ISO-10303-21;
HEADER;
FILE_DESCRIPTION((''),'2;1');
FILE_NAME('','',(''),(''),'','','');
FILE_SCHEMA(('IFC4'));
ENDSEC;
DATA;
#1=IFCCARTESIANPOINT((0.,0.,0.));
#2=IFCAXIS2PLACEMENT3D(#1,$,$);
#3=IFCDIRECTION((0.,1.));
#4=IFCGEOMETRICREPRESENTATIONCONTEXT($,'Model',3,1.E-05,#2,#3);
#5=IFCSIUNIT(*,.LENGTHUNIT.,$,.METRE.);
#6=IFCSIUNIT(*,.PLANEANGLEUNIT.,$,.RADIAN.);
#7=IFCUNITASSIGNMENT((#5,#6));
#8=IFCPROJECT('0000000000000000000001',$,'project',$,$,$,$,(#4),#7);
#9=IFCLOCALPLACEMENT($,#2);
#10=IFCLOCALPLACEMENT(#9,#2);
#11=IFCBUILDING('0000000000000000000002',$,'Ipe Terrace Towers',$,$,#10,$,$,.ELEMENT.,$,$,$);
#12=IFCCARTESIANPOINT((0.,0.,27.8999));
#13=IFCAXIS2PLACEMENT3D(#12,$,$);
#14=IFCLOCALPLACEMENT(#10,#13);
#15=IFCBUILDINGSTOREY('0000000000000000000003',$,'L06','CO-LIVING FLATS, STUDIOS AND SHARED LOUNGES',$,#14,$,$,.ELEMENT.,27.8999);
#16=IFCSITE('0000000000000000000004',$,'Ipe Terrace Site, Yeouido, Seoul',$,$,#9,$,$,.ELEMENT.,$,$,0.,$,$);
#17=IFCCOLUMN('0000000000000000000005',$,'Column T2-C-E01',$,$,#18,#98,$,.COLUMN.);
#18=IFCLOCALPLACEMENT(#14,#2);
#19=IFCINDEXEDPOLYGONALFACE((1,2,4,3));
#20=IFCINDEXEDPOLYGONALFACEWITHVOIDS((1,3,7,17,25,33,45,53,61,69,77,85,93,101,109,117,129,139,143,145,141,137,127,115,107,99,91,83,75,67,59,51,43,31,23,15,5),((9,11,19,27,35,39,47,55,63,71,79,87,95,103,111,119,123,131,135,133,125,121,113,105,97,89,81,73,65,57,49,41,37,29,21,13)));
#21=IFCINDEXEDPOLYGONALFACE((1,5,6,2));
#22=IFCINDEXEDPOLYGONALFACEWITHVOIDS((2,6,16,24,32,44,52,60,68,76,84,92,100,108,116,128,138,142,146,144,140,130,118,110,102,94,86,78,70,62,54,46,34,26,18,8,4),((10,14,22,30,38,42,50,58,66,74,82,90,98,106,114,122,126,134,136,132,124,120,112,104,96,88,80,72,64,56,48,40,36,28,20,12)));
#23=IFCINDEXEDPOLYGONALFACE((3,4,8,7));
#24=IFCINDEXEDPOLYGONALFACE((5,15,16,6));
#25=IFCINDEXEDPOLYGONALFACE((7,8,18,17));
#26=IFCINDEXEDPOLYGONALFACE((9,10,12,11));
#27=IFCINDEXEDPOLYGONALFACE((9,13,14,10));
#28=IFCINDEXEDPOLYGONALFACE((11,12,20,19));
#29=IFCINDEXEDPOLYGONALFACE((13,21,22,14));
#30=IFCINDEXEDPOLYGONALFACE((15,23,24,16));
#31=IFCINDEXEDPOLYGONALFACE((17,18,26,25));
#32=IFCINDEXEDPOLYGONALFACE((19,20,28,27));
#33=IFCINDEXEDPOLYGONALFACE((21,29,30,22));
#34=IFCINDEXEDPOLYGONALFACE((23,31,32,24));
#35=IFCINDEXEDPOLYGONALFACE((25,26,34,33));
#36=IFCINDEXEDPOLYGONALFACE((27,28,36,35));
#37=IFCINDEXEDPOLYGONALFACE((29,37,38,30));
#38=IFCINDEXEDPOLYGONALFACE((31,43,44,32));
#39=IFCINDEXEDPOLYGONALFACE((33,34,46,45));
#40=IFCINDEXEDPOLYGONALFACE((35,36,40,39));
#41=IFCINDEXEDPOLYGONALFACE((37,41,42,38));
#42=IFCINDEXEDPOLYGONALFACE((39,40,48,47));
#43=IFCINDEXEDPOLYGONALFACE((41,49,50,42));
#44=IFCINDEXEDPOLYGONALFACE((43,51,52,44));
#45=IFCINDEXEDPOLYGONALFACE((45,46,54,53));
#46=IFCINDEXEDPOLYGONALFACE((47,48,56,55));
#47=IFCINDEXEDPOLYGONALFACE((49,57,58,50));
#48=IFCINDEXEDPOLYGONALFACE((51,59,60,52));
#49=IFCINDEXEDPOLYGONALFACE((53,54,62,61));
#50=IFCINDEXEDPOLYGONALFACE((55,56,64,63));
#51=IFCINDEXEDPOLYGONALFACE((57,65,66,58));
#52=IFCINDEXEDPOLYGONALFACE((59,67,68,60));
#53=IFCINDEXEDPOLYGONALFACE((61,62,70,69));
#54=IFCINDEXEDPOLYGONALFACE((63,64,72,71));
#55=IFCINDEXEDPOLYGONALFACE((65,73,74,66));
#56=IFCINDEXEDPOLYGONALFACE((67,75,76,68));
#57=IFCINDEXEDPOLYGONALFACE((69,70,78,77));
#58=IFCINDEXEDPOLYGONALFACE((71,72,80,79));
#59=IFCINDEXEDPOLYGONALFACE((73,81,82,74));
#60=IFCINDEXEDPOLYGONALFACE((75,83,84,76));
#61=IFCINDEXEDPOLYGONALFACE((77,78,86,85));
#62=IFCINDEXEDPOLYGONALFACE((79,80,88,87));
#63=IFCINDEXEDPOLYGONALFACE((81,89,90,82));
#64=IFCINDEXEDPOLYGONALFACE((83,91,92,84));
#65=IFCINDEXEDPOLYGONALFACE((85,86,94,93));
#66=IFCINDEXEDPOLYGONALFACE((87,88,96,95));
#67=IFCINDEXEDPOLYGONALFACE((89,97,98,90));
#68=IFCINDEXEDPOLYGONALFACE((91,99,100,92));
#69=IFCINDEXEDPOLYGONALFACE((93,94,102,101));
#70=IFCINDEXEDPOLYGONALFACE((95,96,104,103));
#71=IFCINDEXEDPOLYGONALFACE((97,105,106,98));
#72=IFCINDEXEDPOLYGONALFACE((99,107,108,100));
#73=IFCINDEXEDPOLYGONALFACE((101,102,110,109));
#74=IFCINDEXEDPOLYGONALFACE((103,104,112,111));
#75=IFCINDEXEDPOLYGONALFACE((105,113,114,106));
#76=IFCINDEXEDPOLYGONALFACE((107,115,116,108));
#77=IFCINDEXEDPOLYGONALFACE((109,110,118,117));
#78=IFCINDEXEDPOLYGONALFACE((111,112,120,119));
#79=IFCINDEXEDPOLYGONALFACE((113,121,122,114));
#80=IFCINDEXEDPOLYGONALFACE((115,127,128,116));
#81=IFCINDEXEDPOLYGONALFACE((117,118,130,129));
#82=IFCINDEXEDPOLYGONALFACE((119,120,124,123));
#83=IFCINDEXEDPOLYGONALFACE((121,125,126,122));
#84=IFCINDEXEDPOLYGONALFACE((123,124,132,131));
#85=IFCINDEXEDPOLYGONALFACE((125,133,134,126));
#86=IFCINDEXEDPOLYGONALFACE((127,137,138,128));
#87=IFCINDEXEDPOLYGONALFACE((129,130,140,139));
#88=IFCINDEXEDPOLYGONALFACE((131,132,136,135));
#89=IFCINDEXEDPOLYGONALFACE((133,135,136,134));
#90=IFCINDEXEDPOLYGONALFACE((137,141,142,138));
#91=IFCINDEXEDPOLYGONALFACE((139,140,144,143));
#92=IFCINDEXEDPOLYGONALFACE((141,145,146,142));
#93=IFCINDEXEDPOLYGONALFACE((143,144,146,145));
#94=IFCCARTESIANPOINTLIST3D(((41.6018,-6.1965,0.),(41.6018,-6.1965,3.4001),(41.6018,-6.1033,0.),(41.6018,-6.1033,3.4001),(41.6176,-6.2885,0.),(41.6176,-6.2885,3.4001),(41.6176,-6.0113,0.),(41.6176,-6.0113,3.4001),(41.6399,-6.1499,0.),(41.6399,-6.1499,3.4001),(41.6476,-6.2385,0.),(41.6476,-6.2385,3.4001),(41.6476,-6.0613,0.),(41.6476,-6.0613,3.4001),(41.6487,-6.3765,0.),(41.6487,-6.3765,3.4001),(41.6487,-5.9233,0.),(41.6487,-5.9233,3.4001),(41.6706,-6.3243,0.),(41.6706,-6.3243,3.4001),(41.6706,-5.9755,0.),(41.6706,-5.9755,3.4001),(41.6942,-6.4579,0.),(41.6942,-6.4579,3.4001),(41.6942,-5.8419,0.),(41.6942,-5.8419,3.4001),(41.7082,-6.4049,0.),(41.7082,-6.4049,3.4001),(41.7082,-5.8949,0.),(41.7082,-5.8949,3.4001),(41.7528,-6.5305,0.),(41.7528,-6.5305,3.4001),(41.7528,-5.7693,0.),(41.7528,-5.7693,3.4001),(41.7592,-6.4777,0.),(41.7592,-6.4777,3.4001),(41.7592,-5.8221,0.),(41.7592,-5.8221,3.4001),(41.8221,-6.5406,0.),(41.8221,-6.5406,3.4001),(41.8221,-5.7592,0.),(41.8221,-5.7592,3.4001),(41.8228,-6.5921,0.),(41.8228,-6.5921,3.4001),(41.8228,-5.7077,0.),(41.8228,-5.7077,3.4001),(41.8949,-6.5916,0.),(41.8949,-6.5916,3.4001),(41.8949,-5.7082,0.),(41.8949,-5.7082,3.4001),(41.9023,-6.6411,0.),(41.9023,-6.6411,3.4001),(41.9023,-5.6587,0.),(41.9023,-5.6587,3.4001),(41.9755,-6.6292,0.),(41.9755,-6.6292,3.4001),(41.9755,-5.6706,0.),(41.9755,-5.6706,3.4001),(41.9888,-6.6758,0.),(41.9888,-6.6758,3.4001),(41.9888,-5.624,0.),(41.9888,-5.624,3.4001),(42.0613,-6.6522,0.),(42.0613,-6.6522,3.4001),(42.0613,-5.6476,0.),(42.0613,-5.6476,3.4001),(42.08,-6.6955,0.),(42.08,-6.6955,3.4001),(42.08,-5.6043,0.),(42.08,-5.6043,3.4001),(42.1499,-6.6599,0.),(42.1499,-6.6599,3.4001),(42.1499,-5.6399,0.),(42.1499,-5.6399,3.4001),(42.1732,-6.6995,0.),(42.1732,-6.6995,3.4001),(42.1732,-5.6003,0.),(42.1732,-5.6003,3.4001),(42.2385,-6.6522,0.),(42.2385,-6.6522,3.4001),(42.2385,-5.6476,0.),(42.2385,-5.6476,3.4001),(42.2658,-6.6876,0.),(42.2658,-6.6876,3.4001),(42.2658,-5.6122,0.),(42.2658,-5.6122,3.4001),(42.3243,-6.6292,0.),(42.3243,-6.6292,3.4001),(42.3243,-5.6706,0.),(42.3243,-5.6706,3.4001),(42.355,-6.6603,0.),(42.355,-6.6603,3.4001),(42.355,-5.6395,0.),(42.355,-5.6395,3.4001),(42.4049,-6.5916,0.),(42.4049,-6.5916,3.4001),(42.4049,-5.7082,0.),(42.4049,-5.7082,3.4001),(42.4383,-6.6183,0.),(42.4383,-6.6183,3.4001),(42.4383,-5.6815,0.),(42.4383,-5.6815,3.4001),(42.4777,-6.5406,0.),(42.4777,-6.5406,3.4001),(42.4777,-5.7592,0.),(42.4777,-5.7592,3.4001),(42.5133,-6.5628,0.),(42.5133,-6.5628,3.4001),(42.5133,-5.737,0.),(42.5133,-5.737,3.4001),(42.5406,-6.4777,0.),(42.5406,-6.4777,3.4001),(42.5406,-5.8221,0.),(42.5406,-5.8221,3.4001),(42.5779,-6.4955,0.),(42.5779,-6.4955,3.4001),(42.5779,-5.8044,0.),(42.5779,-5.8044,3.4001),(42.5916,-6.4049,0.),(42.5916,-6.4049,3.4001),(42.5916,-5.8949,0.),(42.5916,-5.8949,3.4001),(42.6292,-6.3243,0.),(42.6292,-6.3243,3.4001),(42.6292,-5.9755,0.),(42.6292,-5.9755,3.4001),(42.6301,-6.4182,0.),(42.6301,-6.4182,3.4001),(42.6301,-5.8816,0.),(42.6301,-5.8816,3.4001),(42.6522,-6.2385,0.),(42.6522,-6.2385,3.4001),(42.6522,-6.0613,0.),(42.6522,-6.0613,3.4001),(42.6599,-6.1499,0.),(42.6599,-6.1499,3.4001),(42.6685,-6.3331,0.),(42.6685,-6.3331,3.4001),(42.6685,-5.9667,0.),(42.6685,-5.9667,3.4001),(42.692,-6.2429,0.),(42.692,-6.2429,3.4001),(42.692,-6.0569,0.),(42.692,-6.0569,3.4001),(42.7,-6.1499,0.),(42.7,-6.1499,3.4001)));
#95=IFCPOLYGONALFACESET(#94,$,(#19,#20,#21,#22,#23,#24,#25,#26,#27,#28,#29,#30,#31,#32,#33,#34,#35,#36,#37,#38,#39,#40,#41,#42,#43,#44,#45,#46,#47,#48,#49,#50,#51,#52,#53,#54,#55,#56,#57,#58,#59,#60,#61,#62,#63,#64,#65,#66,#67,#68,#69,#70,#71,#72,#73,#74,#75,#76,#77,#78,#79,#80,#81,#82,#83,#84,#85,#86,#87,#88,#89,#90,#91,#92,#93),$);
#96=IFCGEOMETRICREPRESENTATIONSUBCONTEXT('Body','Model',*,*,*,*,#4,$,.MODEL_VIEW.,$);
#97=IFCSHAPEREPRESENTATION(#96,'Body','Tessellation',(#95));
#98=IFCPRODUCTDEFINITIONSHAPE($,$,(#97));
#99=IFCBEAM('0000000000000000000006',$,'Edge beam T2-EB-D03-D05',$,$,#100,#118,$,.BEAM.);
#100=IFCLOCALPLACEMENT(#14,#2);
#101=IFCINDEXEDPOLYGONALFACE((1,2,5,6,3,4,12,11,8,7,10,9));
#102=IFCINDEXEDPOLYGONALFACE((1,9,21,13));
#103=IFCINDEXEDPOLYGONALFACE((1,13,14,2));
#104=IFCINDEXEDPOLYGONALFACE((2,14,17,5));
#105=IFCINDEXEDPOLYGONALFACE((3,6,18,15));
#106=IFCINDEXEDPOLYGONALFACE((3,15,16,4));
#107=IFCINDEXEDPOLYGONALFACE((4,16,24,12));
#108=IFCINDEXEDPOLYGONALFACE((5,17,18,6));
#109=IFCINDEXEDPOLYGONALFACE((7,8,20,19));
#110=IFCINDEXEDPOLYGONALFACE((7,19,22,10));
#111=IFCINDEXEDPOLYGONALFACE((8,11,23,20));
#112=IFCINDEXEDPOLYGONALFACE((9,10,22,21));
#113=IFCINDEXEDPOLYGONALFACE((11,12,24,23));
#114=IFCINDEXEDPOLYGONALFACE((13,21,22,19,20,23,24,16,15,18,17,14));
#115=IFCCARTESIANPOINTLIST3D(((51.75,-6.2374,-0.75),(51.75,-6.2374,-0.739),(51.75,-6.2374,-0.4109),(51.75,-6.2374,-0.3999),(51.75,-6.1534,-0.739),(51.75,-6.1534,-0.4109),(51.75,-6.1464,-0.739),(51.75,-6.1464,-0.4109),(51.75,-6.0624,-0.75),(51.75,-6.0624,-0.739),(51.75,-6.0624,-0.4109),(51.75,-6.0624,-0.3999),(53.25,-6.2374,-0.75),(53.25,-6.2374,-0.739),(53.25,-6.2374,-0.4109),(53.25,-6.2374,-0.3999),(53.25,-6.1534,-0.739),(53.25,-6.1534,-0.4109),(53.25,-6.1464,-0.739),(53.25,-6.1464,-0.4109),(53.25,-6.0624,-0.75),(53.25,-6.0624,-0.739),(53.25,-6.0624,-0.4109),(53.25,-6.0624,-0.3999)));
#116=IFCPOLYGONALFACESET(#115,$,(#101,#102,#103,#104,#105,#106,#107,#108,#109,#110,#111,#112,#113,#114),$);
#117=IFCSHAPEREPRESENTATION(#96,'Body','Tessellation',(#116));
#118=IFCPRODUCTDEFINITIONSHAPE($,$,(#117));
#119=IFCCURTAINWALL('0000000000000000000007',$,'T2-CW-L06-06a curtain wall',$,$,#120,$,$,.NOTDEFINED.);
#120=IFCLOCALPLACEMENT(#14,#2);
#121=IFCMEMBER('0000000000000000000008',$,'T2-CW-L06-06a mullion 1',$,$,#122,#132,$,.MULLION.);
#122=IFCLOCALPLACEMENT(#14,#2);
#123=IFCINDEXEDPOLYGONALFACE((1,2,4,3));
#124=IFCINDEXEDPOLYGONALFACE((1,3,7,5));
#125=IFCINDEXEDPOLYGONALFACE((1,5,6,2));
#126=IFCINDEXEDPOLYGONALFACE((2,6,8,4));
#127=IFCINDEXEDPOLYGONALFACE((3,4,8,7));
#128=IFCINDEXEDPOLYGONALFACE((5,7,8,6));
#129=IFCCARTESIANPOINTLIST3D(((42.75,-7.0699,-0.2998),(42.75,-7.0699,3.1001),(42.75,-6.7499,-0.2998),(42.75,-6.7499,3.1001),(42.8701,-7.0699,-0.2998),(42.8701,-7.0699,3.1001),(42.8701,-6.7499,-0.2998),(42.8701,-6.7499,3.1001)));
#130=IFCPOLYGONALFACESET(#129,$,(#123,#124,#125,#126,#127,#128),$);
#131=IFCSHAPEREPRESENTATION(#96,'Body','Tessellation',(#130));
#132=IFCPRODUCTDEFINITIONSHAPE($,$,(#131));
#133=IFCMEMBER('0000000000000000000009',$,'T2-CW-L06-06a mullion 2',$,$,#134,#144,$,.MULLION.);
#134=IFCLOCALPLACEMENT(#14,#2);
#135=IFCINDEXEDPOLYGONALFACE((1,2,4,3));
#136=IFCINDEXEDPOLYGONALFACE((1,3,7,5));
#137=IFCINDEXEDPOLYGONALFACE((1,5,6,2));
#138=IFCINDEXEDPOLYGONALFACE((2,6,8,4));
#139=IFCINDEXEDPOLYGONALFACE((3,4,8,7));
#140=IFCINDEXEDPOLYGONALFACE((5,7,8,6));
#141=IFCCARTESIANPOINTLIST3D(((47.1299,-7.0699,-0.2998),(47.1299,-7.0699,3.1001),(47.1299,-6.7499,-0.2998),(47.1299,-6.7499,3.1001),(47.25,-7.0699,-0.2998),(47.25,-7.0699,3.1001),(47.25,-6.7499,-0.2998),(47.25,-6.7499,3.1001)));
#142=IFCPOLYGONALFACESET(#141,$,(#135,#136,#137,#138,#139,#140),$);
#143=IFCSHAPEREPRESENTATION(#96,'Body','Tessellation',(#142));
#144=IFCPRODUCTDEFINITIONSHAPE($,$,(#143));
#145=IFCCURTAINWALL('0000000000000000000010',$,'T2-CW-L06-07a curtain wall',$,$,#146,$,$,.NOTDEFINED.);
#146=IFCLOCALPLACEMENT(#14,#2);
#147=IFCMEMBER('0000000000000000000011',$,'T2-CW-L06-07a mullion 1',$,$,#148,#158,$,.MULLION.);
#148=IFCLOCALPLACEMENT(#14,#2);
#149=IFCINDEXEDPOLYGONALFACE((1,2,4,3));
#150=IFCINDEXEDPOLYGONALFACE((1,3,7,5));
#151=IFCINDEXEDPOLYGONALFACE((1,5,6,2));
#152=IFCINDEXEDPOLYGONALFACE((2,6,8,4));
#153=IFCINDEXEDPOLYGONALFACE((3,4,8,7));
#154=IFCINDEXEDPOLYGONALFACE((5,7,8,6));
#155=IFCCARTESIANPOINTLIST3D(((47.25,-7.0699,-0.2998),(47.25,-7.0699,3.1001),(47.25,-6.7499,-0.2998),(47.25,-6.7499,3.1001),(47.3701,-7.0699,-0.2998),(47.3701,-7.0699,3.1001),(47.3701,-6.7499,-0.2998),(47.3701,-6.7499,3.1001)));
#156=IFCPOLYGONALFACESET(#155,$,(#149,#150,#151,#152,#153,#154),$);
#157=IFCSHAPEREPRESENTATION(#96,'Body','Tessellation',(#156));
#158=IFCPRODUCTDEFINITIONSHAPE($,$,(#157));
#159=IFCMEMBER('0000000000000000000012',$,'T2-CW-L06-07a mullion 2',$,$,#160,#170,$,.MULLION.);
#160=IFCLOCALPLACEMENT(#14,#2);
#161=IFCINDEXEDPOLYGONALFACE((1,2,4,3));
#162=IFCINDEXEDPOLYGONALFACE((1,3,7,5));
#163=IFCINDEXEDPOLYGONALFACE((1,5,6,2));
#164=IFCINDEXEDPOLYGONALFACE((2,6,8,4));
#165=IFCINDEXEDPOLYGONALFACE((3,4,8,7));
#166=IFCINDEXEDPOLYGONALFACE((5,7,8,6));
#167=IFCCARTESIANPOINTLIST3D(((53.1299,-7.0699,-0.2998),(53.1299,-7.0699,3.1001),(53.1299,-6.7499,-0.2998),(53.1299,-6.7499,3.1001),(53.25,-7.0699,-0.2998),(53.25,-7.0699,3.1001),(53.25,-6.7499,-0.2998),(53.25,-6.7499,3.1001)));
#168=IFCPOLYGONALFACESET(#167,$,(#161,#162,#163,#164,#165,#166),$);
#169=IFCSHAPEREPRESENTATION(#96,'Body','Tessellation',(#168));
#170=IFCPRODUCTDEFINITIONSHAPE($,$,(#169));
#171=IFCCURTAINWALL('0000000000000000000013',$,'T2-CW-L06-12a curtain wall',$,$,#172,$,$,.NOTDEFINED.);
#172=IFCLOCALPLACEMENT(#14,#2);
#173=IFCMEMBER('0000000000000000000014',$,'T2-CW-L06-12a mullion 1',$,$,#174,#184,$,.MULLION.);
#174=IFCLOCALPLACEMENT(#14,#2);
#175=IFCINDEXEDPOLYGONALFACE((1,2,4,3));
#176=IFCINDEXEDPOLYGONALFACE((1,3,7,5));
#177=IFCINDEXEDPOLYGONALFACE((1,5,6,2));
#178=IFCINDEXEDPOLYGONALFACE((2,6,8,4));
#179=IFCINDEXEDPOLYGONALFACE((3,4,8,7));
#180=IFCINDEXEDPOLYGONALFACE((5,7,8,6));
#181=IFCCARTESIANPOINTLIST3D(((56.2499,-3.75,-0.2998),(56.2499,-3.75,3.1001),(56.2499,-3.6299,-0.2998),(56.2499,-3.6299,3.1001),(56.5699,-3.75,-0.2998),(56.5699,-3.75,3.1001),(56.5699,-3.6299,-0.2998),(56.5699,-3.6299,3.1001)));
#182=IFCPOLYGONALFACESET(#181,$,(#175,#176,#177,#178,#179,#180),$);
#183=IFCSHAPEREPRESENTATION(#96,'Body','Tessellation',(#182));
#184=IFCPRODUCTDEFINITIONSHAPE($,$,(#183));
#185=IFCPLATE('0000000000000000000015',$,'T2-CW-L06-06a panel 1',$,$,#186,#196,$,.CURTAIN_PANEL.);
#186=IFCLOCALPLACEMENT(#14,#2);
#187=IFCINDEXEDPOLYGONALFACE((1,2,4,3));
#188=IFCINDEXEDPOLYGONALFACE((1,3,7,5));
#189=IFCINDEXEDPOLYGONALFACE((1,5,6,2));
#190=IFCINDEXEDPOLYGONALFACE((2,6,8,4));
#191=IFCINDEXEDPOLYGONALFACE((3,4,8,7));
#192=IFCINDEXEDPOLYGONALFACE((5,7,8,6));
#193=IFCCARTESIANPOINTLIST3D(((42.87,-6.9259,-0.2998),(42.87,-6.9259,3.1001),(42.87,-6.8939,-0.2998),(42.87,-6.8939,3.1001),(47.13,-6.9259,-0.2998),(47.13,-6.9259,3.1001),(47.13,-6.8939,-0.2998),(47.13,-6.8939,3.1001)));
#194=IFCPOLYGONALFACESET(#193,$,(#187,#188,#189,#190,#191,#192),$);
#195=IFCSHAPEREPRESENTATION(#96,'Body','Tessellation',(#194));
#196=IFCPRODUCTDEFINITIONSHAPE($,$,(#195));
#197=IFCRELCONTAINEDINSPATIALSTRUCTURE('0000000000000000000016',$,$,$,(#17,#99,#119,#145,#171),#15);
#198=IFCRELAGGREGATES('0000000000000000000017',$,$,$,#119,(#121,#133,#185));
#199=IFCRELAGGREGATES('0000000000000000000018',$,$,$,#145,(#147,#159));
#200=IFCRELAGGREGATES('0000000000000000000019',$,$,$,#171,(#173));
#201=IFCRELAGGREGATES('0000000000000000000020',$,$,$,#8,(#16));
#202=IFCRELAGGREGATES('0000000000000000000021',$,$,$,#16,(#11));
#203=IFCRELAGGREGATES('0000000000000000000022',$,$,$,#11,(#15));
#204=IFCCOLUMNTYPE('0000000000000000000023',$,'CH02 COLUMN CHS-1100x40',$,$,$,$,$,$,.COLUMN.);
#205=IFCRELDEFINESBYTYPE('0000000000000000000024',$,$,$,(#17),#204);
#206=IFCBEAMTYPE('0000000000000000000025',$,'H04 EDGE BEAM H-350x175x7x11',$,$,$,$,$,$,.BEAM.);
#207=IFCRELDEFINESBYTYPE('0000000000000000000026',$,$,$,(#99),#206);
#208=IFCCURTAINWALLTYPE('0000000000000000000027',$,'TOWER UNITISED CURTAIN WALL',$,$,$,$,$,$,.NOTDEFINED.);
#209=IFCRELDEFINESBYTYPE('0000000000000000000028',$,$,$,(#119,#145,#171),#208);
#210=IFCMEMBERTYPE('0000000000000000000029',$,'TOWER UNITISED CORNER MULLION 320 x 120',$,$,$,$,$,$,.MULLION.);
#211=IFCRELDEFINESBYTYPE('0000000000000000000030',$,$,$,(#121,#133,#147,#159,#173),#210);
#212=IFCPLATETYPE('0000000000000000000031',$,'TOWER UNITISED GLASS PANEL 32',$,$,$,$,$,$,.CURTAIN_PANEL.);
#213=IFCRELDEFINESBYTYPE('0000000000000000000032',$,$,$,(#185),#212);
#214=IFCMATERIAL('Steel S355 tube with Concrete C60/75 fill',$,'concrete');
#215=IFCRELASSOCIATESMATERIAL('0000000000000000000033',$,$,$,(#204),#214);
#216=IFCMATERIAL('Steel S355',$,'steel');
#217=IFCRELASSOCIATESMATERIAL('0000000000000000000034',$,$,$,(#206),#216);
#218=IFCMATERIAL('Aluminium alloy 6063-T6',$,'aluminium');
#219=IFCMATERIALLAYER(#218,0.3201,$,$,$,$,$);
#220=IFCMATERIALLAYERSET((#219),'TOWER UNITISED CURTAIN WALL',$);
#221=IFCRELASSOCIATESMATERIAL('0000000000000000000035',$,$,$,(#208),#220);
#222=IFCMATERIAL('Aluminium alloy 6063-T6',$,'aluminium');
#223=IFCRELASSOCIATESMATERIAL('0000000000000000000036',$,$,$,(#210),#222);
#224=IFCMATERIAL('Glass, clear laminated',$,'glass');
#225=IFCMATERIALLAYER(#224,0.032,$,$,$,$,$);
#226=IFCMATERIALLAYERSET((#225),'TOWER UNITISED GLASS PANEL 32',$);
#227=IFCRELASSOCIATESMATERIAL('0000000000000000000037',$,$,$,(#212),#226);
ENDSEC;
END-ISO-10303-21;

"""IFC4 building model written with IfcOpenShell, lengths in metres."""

from ifc_helpers import new_model, si_unit, direction, frame, origin, origin_2d, place, context, subcontext, project, spatial, rectangle, hollow_circle, i_section, extrude, material, layer, layer_set, material_profile, profile_set, type_object, element, aggregate, save


model = new_model("IFC4")

# Units and contexts
model_context = context("Model", 3, precision=1e-05, world=origin(), true_north=direction((0.0, 1.0)))
body_context = subcontext(model_context, "Body", "Model", "MODEL_VIEW")
ifc_project = project(units=[si_unit("LENGTHUNIT", "METRE"), si_unit("PLANEANGLEUNIT", "RADIAN")], contexts=[model_context])

# Site, building, storey
site_placement = place(None, origin())
site = spatial("IfcSite", under=ifc_project, at=site_placement, Name="Ipe Terrace Site, Yeouido, Seoul", CompositionType="ELEMENT", RefElevation=0.0)
building_placement = place(site_placement, origin())
building = spatial("IfcBuilding", under=site, at=building_placement, Name="Ipe Terrace Towers", CompositionType="ELEMENT")
storey_placement = place(building_placement, frame((0.0, 0.0, 27.8999)))
storey = spatial("IfcBuildingStorey", under=building, at=storey_placement, Name="L06", Description="CO-LIVING FLATS, STUDIOS AND SHARED LOUNGES", CompositionType="ELEMENT", Elevation=27.8999)

# Column
ifc_material_1 = material(Name="Steel S355 tube with Concrete C60/75 fill", Category="concrete")
ifc_material_profile_1 = material_profile(ifc_material_1, hollow_circle(Radius=0.55, WallThickness=0.04, at=origin_2d()), Name="CHS-1100x40")
ifc_profile_set_1 = profile_set([ifc_material_profile_1], Name="Steel S355 tube with Concrete C60/75 fill")
column_type_1 = type_object("IfcColumnType", Name="CH02 COLUMN CHS-1100x40", PredefinedType="COLUMN", material=ifc_profile_set_1)
column_placement = place(storey_placement, frame((42.1499, -6.1499, 0.0), z_axis=(0.0, 0.0, 1.0), x_axis=(1.0, 0.0, 0.0)))
element("IfcColumn", 1, at=column_placement, inside=storey, type_object=column_type_1, Name="Column T2-C-E01", PredefinedType="COLUMN", context=body_context, shape_type="SweptSolid", body=[
    extrude(hollow_circle(Radius=0.55, WallThickness=0.04, at=origin_2d()), origin(), (0.0, 0.0, 1.0), 3.4001),
])

# Beam
ifc_material_2 = material(Name="Steel S355", Category="steel")
ifc_material_profile_2 = material_profile(ifc_material_2, i_section(OverallWidth=0.175, OverallDepth=0.3501, WebThickness=0.0071, FlangeThickness=0.011, at=origin_2d()), Name="H-350x175x7x11")
ifc_profile_set_2 = profile_set([ifc_material_profile_2], Name="Steel S355")
beam_type = type_object("IfcBeamType", Name="H04 EDGE BEAM H-350x175x7x11", PredefinedType="BEAM", material=ifc_profile_set_2)
beam_placement = place(storey_placement, frame((51.75, -6.1499, -0.575), z_axis=(1.0, 0.0, 0.0), x_axis=(0.0, 1.0, 0.0)))
element("IfcBeam", 2, at=beam_placement, inside=storey, type_object=beam_type, Name="Edge beam T2-EB-D03-D05", PredefinedType="BEAM", context=body_context, shape_type="SweptSolid", body=[
    extrude(i_section(OverallWidth=0.175, OverallDepth=0.3501, WebThickness=0.0071, FlangeThickness=0.011, at=origin_2d()), origin(), (0.0, 0.0, 1.0), 1.5),
])

# Curtain walls, members
ifc_material_3 = material(Name="Aluminium alloy 6063-T6", Category="aluminium")
ifc_layer_1 = layer(ifc_material_3, 0.3201)
ifc_layer_set_1 = layer_set([ifc_layer_1], Name="TOWER UNITISED CURTAIN WALL")
curtain_wall_type = type_object("IfcCurtainWallType", Name="TOWER UNITISED CURTAIN WALL", PredefinedType="NOTDEFINED", material=ifc_layer_set_1)
curtain_wall_1_placement = place(storey_placement, origin())
curtain_wall_1 = element("IfcCurtainWall", 3, at=curtain_wall_1_placement, inside=storey, type_object=curtain_wall_type, Name="T2-CW-L06-06a curtain wall", PredefinedType="NOTDEFINED")
ifc_material_4 = material(Name="Aluminium alloy 6063-T6", Category="aluminium")
ifc_material_profile_3 = material_profile(ifc_material_4, rectangle(XDim=0.3201, YDim=0.1201, at=origin_2d()), Name="TOWER UNITISED CORNER MULLION 320 x 120")
ifc_profile_set_3 = profile_set([ifc_material_profile_3], Name="Aluminium alloy 6063-T6")
member_type = type_object("IfcMemberType", Name="TOWER UNITISED CORNER MULLION 320 x 120", PredefinedType="MULLION", material=ifc_profile_set_3)
member_1_placement = place(storey_placement, frame((42.8101, -6.9099, -0.2998), z_axis=(0.0, 0.0, 1.0), x_axis=(0.0, -1.0, 0.0)))
member_1 = element("IfcMember", 4, at=member_1_placement, type_object=member_type, Name="T2-CW-L06-06a mullion 1", PredefinedType="MULLION", context=body_context, shape_type="SweptSolid", body=[
    extrude(rectangle(XDim=0.3201, YDim=0.1201, at=origin_2d()), origin(), (0.0, 0.0, 1.0), 3.3999),
])
member_2_placement = place(storey_placement, frame((47.1899, -6.9099, -0.2998), z_axis=(0.0, 0.0, 1.0), x_axis=(0.0, -1.0, 0.0)))
member_2 = element("IfcMember", 5, at=member_2_placement, type_object=member_type, Name="T2-CW-L06-06a mullion 2", PredefinedType="MULLION", context=body_context, shape_type="SweptSolid", body=[
    extrude(rectangle(XDim=0.3201, YDim=0.1201, at=origin_2d()), origin(), (0.0, 0.0, 1.0), 3.3999),
])
curtain_wall_2_placement = place(storey_placement, origin())
curtain_wall_2 = element("IfcCurtainWall", 6, at=curtain_wall_2_placement, inside=storey, type_object=curtain_wall_type, Name="T2-CW-L06-07a curtain wall", PredefinedType="NOTDEFINED")
member_3_placement = place(storey_placement, frame((47.3101, -6.9099, -0.2998), z_axis=(0.0, 0.0, 1.0), x_axis=(0.0, -1.0, 0.0)))
member_3 = element("IfcMember", 7, at=member_3_placement, type_object=member_type, Name="T2-CW-L06-07a mullion 1", PredefinedType="MULLION", context=body_context, shape_type="SweptSolid", body=[
    extrude(rectangle(XDim=0.3201, YDim=0.1201, at=origin_2d()), origin(), (0.0, 0.0, 1.0), 3.3999),
])
member_4_placement = place(storey_placement, frame((53.1899, -6.9099, -0.2998), z_axis=(0.0, 0.0, 1.0), x_axis=(0.0, -1.0, 0.0)))
member_4 = element("IfcMember", 8, at=member_4_placement, type_object=member_type, Name="T2-CW-L06-07a mullion 2", PredefinedType="MULLION", context=body_context, shape_type="SweptSolid", body=[
    extrude(rectangle(XDim=0.3201, YDim=0.1201, at=origin_2d()), origin(), (0.0, 0.0, 1.0), 3.3999),
])

# Curtain wall, member
curtain_wall_3_placement = place(storey_placement, origin())
curtain_wall_3 = element("IfcCurtainWall", 9, at=curtain_wall_3_placement, inside=storey, type_object=curtain_wall_type, Name="T2-CW-L06-12a curtain wall", PredefinedType="NOTDEFINED")
member_5_placement = place(storey_placement, frame((56.4099, -3.6899, -0.2998), z_axis=(0.0, 0.0, 1.0), x_axis=(1.0, 0.0, 0.0)))
member_5 = element("IfcMember", 10, at=member_5_placement, type_object=member_type, Name="T2-CW-L06-12a mullion 1", PredefinedType="MULLION", context=body_context, shape_type="SweptSolid", body=[
    extrude(rectangle(XDim=0.3201, YDim=0.1201, at=origin_2d()), origin(), (0.0, 0.0, 1.0), 3.3999),
])

# Plate
ifc_material_5 = material(Name="Glass, clear laminated", Category="glass")
ifc_layer_2 = layer(ifc_material_5, 0.032)
ifc_layer_set_2 = layer_set([ifc_layer_2], Name="TOWER UNITISED GLASS PANEL 32")
plate_type = type_object("IfcPlateType", Name="TOWER UNITISED GLASS PANEL 32", PredefinedType="CURTAIN_PANEL", material=ifc_layer_set_2)
plate_1_placement = place(storey_placement, frame((45.0, -6.9099, -0.2998), z_axis=(0.0, 0.0, 1.0), x_axis=(1.0, 0.0, 0.0)))
plate_1 = element("IfcPlate", 11, at=plate_1_placement, type_object=plate_type, Name="T2-CW-L06-06a panel 1", PredefinedType="CURTAIN_PANEL", context=body_context, shape_type="SweptSolid", body=[
    extrude(rectangle(XDim=4.26, YDim=0.032, at=origin_2d()), origin(), (0.0, 0.0, 1.0), 3.3999),
])
aggregate(curtain_wall_1, [member_1, member_2, plate_1])
aggregate(curtain_wall_2, [member_3, member_4])
aggregate(curtain_wall_3, [member_5])

save(model, "model.ifc")
